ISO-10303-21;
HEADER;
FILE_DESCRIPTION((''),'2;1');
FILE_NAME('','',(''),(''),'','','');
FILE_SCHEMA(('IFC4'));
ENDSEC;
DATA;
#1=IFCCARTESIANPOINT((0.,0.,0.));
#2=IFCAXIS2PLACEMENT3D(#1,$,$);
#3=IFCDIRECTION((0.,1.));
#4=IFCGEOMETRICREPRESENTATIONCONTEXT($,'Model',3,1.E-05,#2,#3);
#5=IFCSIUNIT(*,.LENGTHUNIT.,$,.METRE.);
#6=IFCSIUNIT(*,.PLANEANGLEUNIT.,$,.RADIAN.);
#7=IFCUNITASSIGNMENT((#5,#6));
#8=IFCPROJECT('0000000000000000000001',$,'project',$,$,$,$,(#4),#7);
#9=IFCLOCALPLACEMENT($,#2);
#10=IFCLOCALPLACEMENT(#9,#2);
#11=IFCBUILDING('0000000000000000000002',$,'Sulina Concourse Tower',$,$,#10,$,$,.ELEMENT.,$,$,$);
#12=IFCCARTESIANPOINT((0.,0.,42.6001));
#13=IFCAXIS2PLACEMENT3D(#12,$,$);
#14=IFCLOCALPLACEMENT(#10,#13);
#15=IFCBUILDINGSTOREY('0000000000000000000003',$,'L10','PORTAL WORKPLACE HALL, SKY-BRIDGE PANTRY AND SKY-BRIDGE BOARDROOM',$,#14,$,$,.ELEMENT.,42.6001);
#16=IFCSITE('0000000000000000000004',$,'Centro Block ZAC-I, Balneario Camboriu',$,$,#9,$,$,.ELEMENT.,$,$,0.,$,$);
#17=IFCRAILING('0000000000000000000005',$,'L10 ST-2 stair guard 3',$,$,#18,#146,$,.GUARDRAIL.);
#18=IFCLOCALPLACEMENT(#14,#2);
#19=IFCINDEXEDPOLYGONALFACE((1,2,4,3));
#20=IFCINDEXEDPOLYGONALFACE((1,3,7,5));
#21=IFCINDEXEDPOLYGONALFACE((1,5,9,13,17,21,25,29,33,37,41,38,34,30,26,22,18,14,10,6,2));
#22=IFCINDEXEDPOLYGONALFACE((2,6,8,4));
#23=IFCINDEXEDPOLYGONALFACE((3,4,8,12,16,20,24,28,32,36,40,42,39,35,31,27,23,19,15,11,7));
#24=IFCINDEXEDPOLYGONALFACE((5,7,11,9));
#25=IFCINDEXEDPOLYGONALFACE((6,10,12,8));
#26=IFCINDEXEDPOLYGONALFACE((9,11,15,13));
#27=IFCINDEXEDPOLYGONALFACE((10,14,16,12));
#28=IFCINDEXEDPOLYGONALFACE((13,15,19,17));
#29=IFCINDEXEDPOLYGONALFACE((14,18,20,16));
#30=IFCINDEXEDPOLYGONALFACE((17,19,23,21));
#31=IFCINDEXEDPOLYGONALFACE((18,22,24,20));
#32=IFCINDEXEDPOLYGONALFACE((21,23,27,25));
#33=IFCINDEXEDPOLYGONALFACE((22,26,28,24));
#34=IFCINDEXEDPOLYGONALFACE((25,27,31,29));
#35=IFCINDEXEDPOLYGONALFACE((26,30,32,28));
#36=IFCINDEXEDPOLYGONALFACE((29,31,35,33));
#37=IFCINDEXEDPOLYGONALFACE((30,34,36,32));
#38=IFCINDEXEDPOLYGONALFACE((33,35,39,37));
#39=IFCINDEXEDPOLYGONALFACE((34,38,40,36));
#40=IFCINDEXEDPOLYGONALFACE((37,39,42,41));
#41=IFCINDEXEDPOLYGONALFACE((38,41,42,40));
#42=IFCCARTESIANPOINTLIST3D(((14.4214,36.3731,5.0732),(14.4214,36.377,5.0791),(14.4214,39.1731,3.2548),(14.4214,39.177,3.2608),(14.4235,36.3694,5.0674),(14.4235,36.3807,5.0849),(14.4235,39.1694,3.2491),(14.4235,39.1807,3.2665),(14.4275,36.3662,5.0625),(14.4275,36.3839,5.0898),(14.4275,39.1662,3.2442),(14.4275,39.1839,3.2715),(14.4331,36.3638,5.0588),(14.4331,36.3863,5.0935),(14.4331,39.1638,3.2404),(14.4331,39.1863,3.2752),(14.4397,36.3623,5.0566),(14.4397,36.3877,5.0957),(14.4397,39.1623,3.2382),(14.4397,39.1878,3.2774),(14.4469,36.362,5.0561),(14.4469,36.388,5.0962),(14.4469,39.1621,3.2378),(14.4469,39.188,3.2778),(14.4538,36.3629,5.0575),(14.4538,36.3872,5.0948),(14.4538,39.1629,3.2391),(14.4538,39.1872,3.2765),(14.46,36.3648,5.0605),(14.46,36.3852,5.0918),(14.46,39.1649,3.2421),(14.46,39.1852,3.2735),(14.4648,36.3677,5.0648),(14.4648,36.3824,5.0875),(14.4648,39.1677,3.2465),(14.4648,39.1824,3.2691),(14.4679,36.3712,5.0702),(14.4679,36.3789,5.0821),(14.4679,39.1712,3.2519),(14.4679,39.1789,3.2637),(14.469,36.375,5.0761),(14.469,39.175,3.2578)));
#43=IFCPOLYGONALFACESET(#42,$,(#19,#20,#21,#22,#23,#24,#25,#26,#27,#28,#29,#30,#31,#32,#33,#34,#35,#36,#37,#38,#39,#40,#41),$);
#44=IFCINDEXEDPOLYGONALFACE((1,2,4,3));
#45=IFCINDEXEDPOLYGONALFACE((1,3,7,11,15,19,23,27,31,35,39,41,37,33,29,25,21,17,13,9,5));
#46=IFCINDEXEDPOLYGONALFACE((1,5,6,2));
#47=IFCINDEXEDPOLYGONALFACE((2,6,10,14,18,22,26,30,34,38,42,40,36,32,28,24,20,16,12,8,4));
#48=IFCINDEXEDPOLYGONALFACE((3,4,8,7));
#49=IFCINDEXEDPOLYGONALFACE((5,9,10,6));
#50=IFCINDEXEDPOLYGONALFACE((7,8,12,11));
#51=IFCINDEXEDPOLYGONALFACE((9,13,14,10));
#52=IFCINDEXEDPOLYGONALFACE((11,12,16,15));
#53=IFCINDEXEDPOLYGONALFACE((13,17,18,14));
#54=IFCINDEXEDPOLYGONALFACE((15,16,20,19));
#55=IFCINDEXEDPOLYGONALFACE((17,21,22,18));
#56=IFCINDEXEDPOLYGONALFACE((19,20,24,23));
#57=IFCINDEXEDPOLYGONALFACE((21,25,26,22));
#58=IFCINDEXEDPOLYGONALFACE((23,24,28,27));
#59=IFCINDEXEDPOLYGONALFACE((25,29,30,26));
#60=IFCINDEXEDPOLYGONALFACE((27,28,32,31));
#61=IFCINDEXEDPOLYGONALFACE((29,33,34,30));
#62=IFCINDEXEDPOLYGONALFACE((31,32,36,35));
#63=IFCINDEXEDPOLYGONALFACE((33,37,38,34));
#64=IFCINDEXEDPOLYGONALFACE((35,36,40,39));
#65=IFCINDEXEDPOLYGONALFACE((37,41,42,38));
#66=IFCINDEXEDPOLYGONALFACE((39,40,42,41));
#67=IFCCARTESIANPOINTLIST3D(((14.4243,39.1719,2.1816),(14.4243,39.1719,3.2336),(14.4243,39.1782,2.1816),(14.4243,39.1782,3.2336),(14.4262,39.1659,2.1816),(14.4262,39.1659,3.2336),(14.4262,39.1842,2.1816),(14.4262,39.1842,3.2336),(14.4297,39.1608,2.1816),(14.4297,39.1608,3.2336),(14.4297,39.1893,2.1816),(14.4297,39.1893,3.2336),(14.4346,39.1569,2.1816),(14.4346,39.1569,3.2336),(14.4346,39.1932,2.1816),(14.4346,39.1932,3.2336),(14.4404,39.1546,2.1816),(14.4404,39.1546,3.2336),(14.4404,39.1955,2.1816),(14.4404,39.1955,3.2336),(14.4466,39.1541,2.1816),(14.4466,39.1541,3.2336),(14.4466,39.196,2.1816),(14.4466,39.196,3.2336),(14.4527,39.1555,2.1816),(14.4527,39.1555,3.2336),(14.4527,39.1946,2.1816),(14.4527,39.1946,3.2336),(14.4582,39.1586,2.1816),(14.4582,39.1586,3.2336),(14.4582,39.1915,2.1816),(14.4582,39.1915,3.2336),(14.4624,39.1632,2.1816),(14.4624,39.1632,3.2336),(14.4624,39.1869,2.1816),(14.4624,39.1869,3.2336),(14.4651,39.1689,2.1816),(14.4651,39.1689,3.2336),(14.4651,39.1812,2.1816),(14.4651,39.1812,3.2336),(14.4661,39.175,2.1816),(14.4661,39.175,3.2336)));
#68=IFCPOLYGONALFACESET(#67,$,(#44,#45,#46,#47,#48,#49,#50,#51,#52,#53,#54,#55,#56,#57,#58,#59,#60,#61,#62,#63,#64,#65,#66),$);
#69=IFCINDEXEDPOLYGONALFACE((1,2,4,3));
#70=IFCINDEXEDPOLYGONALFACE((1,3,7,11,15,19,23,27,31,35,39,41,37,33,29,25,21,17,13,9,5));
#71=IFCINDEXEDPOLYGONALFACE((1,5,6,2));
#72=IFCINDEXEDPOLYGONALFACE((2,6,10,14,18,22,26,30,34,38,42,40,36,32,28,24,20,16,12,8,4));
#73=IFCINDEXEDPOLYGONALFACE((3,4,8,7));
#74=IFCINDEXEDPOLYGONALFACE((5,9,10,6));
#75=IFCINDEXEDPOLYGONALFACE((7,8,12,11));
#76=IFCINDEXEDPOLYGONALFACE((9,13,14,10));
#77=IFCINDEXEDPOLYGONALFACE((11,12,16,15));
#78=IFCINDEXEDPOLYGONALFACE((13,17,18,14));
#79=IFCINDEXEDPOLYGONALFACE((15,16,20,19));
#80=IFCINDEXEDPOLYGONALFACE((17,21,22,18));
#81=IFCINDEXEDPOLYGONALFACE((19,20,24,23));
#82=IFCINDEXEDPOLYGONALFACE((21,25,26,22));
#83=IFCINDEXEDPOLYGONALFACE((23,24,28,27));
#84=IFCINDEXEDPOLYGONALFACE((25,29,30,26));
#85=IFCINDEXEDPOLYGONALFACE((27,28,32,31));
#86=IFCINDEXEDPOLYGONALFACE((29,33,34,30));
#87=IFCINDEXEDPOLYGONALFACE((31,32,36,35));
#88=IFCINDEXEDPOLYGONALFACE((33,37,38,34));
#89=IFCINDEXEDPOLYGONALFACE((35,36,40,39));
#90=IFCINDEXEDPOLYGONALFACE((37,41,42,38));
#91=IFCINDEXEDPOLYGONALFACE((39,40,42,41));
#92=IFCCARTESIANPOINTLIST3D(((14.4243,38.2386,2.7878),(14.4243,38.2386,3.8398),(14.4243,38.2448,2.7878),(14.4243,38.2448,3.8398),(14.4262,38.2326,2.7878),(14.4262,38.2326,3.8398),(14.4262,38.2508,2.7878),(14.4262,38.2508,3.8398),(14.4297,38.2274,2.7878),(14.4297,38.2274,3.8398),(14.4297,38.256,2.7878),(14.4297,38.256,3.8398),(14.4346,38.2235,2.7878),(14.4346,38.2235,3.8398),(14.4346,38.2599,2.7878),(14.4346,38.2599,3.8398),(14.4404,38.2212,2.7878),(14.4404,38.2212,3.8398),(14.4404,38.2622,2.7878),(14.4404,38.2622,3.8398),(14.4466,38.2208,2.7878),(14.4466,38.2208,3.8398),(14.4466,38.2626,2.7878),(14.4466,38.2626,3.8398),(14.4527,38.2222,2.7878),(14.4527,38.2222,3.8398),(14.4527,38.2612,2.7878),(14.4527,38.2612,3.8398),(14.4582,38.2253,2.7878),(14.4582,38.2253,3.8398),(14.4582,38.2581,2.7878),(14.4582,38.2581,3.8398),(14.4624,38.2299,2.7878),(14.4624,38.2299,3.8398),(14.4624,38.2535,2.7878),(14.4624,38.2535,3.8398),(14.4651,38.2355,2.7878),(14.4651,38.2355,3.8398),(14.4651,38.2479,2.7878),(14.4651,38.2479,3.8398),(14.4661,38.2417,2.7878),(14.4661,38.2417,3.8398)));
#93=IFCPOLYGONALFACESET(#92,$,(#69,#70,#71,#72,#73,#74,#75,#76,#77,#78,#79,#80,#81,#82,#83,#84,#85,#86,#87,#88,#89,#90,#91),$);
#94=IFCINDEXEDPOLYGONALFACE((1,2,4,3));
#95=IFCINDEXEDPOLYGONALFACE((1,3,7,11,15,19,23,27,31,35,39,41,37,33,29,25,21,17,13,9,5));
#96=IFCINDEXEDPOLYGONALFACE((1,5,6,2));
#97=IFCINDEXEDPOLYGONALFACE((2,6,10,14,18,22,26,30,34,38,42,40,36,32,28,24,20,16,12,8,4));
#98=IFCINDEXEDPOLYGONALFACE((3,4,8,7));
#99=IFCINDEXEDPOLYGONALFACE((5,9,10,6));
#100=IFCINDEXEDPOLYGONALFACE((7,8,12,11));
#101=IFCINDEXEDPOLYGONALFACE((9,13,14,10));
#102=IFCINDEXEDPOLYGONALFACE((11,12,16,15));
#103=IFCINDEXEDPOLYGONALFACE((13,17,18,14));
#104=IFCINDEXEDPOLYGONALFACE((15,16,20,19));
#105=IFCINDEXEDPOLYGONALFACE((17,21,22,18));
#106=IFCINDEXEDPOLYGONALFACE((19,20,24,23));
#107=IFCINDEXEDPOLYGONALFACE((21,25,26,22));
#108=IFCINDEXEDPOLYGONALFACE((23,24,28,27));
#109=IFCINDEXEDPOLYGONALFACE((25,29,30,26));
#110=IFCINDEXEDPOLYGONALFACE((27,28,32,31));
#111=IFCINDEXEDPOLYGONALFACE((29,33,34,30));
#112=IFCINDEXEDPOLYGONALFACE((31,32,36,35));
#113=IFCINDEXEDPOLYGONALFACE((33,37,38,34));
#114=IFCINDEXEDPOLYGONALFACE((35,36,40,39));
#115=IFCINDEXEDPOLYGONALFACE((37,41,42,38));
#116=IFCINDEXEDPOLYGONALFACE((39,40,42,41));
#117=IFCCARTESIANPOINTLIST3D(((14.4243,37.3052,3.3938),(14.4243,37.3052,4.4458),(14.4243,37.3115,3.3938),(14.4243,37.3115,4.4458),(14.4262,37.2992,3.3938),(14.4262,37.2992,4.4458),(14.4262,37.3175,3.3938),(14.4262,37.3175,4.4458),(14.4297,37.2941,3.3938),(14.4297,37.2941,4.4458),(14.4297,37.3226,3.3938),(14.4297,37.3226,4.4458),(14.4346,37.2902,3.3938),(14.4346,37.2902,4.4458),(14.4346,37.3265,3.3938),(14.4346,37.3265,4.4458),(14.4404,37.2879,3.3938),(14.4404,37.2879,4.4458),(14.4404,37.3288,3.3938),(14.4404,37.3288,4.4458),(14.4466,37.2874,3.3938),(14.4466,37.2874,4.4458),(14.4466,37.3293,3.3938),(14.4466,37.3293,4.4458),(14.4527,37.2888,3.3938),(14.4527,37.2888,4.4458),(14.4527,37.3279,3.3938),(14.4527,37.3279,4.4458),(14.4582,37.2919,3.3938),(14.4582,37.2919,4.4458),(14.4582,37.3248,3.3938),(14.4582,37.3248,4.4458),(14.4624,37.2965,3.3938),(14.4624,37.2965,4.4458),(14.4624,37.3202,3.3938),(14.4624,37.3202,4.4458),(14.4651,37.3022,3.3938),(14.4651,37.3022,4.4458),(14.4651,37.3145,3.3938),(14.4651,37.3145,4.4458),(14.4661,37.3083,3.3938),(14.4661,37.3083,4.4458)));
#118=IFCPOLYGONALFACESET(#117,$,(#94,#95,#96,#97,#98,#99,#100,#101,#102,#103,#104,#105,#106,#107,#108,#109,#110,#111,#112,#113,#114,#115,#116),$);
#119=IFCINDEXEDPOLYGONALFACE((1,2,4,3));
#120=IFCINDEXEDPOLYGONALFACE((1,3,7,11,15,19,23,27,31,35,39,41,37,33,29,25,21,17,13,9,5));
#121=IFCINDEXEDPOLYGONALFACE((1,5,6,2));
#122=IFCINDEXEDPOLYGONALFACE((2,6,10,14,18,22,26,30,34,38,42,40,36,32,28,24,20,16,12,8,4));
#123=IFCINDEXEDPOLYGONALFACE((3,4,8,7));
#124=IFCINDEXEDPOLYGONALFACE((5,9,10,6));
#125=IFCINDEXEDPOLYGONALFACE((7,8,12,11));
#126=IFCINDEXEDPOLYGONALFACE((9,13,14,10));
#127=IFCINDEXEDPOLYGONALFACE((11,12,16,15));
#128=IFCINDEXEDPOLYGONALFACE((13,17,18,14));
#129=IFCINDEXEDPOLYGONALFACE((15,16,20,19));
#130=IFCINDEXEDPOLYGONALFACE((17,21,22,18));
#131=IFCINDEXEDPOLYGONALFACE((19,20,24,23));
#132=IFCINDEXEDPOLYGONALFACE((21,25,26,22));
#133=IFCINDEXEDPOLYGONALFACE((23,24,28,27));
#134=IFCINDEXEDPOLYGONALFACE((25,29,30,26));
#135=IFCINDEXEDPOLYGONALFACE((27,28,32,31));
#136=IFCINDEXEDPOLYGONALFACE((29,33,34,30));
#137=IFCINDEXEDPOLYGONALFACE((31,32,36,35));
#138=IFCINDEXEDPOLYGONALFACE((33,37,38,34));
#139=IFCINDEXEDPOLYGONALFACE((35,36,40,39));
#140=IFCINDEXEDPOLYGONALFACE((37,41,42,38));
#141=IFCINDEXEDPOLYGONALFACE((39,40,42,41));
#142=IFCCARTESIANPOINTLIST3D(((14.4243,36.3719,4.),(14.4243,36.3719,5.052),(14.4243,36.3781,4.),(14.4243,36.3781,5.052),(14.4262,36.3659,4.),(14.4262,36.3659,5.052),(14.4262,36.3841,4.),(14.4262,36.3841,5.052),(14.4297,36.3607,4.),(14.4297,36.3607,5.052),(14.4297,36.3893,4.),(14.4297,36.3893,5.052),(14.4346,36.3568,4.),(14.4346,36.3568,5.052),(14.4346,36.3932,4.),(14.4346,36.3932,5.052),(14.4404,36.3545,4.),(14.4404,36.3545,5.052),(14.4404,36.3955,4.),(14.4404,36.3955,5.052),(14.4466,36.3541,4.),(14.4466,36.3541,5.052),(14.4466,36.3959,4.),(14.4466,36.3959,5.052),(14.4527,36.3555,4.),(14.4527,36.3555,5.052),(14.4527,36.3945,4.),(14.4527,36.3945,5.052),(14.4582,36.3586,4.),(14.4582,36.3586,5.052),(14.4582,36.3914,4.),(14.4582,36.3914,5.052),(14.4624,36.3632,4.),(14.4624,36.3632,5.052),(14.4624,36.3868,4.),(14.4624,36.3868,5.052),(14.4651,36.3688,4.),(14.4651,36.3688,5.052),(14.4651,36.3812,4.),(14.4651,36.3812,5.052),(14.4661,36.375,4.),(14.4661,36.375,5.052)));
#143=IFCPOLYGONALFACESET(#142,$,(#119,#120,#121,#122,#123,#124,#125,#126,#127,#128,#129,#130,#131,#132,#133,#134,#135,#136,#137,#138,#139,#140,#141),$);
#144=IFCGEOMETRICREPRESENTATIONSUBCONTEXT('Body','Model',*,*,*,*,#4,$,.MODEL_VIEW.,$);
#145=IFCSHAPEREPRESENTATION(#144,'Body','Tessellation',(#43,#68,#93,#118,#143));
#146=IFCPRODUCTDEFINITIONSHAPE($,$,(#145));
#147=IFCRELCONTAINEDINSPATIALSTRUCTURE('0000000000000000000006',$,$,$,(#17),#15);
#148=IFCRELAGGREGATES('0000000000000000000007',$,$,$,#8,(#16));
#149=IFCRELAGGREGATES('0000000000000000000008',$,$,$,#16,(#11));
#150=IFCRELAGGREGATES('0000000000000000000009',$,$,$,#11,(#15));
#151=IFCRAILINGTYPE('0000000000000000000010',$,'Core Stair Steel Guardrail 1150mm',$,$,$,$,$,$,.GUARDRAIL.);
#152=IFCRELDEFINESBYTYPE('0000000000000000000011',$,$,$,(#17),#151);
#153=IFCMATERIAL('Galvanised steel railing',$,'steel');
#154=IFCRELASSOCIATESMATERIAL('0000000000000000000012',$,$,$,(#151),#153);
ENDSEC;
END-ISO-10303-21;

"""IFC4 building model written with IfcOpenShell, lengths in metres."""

from ifc_helpers import new_model, si_unit, direction, frame, origin, origin_2d, place, context, subcontext, project, spatial, circle, extrude, material, type_object, element, save


model = new_model("IFC4")

# Units and contexts
model_context = context("Model", 3, precision=1e-05, world=origin(), true_north=direction((0.0, 1.0)))
body_context = subcontext(model_context, "Body", "Model", "MODEL_VIEW")
ifc_project = project(units=[si_unit("LENGTHUNIT", "METRE"), si_unit("PLANEANGLEUNIT", "RADIAN")], contexts=[model_context])

# Site, building, storey
site_placement = place(None, origin())
site = spatial("IfcSite", under=ifc_project, at=site_placement, Name="Centro Block ZAC-I, Balneario Camboriu", CompositionType="ELEMENT", RefElevation=0.0)
building_placement = place(site_placement, origin())
building = spatial("IfcBuilding", under=site, at=building_placement, Name="Sulina Concourse Tower", CompositionType="ELEMENT")
storey_placement = place(building_placement, frame((0.0, 0.0, 42.6001)))
storey = spatial("IfcBuildingStorey", under=building, at=storey_placement, Name="L10", Description="PORTAL WORKPLACE HALL, SKY-BRIDGE PANTRY AND SKY-BRIDGE BOARDROOM", CompositionType="ELEMENT", Elevation=42.6001)

# Railing
ifc_material_1 = material(Name="Galvanised steel railing", Category="steel")
railing_type_1 = type_object("IfcRailingType", Name="Core Stair Steel Guardrail 1150mm", PredefinedType="GUARDRAIL", material=ifc_material_1)
railing_1_placement = place(storey_placement, frame((14.4451, 39.175, 2.1816)))
element("IfcRailing", 1, at=railing_1_placement, inside=storey, type_object=railing_type_1, Name="L10 ST-2 stair guard 3", PredefinedType="GUARDRAIL", context=body_context, shape_type="SweptSolid", body=[
    extrude(circle(Radius=0.0239, at=origin_2d()), frame((0.0, 0.0, 1.0762), z_axis=(0.0, -0.838672, 0.544636), x_axis=(1.0, 0.0, 0.0)), (0.0, 0.0, 1.0), 3.3386),
    extrude(circle(Radius=0.021, at=origin_2d()), origin(), (0.0, 0.0, 1.0), 1.052),
    extrude(circle(Radius=0.021, at=origin_2d()), frame((0.0, -0.9333, 0.6062)), (0.0, 0.0, 1.0), 1.052),
    extrude(circle(Radius=0.021, at=origin_2d()), frame((0.0, -1.8667, 1.2122)), (0.0, 0.0, 1.0), 1.052),
    extrude(circle(Radius=0.021, at=origin_2d()), frame((0.0, -2.8, 1.8184)), (0.0, 0.0, 1.0), 1.052),
])

save(model, "model.ifc")
